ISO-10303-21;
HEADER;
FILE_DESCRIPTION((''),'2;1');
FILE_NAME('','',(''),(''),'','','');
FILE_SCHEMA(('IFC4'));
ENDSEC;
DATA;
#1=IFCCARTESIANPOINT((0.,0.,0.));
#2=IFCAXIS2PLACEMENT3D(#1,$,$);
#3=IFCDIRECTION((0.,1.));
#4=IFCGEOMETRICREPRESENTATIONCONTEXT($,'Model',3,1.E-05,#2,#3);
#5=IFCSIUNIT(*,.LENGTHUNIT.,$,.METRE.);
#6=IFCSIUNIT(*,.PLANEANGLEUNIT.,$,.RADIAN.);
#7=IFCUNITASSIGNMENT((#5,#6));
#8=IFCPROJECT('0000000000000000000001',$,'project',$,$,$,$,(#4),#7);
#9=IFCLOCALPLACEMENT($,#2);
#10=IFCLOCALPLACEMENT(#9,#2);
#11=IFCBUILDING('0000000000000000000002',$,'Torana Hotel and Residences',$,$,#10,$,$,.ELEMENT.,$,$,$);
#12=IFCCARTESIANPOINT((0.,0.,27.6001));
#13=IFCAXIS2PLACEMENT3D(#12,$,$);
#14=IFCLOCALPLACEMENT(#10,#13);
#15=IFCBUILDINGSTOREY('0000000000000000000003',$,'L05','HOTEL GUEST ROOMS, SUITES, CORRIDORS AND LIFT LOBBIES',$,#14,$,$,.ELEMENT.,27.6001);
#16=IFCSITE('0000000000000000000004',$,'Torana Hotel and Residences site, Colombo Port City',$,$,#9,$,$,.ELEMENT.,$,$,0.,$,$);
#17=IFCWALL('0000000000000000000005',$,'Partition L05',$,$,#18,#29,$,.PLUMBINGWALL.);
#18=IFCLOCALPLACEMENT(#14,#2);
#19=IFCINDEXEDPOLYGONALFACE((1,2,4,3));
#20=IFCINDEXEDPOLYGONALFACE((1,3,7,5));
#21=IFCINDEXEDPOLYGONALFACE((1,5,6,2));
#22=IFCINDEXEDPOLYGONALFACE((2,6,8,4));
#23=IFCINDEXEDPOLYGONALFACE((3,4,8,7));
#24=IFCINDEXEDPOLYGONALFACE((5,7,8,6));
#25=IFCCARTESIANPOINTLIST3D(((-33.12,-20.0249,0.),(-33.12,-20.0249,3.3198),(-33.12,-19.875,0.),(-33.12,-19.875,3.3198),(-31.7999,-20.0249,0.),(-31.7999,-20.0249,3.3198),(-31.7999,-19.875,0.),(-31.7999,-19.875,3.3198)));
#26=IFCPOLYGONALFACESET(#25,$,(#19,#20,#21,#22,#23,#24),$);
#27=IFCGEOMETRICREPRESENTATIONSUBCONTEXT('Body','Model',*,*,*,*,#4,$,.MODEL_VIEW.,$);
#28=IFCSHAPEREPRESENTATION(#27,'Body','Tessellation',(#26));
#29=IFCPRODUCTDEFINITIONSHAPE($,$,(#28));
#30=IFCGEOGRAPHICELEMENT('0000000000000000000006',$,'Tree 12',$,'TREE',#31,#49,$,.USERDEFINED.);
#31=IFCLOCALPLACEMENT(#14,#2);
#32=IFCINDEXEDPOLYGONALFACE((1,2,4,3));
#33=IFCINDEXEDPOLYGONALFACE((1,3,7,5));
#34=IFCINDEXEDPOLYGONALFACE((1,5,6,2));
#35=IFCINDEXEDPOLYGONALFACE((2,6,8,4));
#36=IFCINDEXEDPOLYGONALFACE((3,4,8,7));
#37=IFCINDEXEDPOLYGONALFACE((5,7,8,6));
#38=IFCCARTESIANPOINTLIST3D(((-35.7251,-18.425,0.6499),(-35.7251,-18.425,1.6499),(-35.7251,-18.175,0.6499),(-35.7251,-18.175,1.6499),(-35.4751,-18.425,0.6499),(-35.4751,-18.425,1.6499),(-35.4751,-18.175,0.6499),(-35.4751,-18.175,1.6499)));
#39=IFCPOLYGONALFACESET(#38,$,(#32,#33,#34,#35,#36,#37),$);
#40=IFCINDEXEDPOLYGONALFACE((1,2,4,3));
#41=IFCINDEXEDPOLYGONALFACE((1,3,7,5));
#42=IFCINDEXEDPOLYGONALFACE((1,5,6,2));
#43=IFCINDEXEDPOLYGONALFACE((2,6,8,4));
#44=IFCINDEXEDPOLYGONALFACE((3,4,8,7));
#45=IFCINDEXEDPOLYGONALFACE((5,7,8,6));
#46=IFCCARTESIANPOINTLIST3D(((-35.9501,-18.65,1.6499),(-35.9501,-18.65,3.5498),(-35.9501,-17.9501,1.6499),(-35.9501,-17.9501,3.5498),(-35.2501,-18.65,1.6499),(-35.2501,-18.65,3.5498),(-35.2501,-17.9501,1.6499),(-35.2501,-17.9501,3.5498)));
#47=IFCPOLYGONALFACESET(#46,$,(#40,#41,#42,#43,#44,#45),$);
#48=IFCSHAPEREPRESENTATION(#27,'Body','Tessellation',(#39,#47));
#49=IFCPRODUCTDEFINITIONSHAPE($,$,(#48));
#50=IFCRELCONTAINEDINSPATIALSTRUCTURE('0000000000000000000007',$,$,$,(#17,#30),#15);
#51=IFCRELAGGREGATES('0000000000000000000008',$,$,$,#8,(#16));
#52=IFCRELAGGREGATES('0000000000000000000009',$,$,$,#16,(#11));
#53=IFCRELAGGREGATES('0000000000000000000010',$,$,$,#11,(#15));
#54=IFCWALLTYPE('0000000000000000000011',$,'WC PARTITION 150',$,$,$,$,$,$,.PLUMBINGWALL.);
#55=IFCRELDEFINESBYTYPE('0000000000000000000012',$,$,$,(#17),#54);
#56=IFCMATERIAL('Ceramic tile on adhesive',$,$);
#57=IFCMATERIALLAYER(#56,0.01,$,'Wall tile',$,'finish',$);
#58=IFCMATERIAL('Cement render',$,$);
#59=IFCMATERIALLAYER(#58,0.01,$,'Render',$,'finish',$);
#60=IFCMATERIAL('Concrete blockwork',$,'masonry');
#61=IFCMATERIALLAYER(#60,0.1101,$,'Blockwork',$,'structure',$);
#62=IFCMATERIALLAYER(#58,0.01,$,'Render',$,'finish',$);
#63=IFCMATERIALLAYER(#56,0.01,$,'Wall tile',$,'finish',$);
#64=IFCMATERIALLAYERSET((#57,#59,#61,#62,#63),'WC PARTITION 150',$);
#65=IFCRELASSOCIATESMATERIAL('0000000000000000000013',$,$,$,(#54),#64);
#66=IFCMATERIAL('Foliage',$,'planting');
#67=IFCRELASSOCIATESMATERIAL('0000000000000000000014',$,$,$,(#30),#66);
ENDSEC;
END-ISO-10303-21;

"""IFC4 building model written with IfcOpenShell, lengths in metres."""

from ifc_helpers import new_model, si_unit, direction, frame, frame_2d, origin, origin_2d, place, context, subcontext, project, spatial, rectangle, extrude, material, layer, layer_set, type_object, element, save


model = new_model("IFC4")

# Units and contexts
model_context = context("Model", 3, precision=1e-05, world=origin(), true_north=direction((0.0, 1.0)))
body_context = subcontext(model_context, "Body", "Model", "MODEL_VIEW")
ifc_project = project(units=[si_unit("LENGTHUNIT", "METRE"), si_unit("PLANEANGLEUNIT", "RADIAN")], contexts=[model_context])

# Site, building, storey
site_placement = place(None, origin())
site = spatial("IfcSite", under=ifc_project, at=site_placement, Name="Torana Hotel and Residences site, Colombo Port City", CompositionType="ELEMENT", RefElevation=0.0)
building_placement = place(site_placement, origin())
building = spatial("IfcBuilding", under=site, at=building_placement, Name="Torana Hotel and Residences", CompositionType="ELEMENT")
storey_placement = place(building_placement, frame((0.0, 0.0, 27.6001)))
storey = spatial("IfcBuildingStorey", under=building, at=storey_placement, Name="L05", Description="HOTEL GUEST ROOMS, SUITES, CORRIDORS AND LIFT LOBBIES", CompositionType="ELEMENT", Elevation=27.6001)

# Wall
ifc_material_1 = material(Name="Ceramic tile on adhesive")
ifc_layer_1 = layer(ifc_material_1, 0.01, Name="Wall tile", Category="finish")
ifc_material_2 = material(Name="Cement render")
ifc_layer_2 = layer(ifc_material_2, 0.01, Name="Render", Category="finish")
ifc_material_3 = material(Name="Concrete blockwork", Category="masonry")
ifc_layer_3 = layer(ifc_material_3, 0.1101, Name="Blockwork", Category="structure")
ifc_layer_4 = layer(ifc_material_2, 0.01, Name="Render", Category="finish")
ifc_layer_5 = layer(ifc_material_1, 0.01, Name="Wall tile", Category="finish")
ifc_layer_set = layer_set([ifc_layer_1, ifc_layer_2, ifc_layer_3, ifc_layer_4, ifc_layer_5], Name="WC PARTITION 150")
wall_type = type_object("IfcWallType", Name="WC PARTITION 150", PredefinedType="PLUMBINGWALL", material=ifc_layer_set)
wall_placement = place(storey_placement, frame((-33.1201, -19.95, 0.0), z_axis=(0.0, 0.0, 1.0), x_axis=(1.0, 0.0, 0.0)))
element("IfcWall", 1, at=wall_placement, inside=storey, type_object=wall_type, Name="Partition L05", PredefinedType="PLUMBINGWALL", context=body_context, shape_type="SweptSolid", body=[
    extrude(rectangle(XDim=1.3201, YDim=0.1499, at=frame_2d((0.6602, 0.0))), origin(), (0.0, 0.0, 1.0), 3.3198),
])

# Geographic element
ifc_material_4 = material(Name="Foliage", Category="planting")
geographic_element_placement = place(storey_placement, frame((-35.6001, -18.3, 0.6499), z_axis=(0.0, 0.0, 1.0), x_axis=(1.0, 0.0, 0.0)))
element("IfcGeographicElement", 2, at=geographic_element_placement, inside=storey, material=ifc_material_4, Name="Tree 12", ObjectType="TREE", PredefinedType="USERDEFINED", context=body_context, shape_type="SweptSolid", body=[
    extrude(rectangle(XDim=0.25, YDim=0.25, at=origin_2d()), origin(), (0.0, 0.0, 1.0), 1.0),
    extrude(rectangle(XDim=0.7, YDim=0.7, at=origin_2d()), frame((0.0, 0.0, 1.0)), (0.0, 0.0, 1.0), 1.8999),
])

save(model, "model.ifc")
